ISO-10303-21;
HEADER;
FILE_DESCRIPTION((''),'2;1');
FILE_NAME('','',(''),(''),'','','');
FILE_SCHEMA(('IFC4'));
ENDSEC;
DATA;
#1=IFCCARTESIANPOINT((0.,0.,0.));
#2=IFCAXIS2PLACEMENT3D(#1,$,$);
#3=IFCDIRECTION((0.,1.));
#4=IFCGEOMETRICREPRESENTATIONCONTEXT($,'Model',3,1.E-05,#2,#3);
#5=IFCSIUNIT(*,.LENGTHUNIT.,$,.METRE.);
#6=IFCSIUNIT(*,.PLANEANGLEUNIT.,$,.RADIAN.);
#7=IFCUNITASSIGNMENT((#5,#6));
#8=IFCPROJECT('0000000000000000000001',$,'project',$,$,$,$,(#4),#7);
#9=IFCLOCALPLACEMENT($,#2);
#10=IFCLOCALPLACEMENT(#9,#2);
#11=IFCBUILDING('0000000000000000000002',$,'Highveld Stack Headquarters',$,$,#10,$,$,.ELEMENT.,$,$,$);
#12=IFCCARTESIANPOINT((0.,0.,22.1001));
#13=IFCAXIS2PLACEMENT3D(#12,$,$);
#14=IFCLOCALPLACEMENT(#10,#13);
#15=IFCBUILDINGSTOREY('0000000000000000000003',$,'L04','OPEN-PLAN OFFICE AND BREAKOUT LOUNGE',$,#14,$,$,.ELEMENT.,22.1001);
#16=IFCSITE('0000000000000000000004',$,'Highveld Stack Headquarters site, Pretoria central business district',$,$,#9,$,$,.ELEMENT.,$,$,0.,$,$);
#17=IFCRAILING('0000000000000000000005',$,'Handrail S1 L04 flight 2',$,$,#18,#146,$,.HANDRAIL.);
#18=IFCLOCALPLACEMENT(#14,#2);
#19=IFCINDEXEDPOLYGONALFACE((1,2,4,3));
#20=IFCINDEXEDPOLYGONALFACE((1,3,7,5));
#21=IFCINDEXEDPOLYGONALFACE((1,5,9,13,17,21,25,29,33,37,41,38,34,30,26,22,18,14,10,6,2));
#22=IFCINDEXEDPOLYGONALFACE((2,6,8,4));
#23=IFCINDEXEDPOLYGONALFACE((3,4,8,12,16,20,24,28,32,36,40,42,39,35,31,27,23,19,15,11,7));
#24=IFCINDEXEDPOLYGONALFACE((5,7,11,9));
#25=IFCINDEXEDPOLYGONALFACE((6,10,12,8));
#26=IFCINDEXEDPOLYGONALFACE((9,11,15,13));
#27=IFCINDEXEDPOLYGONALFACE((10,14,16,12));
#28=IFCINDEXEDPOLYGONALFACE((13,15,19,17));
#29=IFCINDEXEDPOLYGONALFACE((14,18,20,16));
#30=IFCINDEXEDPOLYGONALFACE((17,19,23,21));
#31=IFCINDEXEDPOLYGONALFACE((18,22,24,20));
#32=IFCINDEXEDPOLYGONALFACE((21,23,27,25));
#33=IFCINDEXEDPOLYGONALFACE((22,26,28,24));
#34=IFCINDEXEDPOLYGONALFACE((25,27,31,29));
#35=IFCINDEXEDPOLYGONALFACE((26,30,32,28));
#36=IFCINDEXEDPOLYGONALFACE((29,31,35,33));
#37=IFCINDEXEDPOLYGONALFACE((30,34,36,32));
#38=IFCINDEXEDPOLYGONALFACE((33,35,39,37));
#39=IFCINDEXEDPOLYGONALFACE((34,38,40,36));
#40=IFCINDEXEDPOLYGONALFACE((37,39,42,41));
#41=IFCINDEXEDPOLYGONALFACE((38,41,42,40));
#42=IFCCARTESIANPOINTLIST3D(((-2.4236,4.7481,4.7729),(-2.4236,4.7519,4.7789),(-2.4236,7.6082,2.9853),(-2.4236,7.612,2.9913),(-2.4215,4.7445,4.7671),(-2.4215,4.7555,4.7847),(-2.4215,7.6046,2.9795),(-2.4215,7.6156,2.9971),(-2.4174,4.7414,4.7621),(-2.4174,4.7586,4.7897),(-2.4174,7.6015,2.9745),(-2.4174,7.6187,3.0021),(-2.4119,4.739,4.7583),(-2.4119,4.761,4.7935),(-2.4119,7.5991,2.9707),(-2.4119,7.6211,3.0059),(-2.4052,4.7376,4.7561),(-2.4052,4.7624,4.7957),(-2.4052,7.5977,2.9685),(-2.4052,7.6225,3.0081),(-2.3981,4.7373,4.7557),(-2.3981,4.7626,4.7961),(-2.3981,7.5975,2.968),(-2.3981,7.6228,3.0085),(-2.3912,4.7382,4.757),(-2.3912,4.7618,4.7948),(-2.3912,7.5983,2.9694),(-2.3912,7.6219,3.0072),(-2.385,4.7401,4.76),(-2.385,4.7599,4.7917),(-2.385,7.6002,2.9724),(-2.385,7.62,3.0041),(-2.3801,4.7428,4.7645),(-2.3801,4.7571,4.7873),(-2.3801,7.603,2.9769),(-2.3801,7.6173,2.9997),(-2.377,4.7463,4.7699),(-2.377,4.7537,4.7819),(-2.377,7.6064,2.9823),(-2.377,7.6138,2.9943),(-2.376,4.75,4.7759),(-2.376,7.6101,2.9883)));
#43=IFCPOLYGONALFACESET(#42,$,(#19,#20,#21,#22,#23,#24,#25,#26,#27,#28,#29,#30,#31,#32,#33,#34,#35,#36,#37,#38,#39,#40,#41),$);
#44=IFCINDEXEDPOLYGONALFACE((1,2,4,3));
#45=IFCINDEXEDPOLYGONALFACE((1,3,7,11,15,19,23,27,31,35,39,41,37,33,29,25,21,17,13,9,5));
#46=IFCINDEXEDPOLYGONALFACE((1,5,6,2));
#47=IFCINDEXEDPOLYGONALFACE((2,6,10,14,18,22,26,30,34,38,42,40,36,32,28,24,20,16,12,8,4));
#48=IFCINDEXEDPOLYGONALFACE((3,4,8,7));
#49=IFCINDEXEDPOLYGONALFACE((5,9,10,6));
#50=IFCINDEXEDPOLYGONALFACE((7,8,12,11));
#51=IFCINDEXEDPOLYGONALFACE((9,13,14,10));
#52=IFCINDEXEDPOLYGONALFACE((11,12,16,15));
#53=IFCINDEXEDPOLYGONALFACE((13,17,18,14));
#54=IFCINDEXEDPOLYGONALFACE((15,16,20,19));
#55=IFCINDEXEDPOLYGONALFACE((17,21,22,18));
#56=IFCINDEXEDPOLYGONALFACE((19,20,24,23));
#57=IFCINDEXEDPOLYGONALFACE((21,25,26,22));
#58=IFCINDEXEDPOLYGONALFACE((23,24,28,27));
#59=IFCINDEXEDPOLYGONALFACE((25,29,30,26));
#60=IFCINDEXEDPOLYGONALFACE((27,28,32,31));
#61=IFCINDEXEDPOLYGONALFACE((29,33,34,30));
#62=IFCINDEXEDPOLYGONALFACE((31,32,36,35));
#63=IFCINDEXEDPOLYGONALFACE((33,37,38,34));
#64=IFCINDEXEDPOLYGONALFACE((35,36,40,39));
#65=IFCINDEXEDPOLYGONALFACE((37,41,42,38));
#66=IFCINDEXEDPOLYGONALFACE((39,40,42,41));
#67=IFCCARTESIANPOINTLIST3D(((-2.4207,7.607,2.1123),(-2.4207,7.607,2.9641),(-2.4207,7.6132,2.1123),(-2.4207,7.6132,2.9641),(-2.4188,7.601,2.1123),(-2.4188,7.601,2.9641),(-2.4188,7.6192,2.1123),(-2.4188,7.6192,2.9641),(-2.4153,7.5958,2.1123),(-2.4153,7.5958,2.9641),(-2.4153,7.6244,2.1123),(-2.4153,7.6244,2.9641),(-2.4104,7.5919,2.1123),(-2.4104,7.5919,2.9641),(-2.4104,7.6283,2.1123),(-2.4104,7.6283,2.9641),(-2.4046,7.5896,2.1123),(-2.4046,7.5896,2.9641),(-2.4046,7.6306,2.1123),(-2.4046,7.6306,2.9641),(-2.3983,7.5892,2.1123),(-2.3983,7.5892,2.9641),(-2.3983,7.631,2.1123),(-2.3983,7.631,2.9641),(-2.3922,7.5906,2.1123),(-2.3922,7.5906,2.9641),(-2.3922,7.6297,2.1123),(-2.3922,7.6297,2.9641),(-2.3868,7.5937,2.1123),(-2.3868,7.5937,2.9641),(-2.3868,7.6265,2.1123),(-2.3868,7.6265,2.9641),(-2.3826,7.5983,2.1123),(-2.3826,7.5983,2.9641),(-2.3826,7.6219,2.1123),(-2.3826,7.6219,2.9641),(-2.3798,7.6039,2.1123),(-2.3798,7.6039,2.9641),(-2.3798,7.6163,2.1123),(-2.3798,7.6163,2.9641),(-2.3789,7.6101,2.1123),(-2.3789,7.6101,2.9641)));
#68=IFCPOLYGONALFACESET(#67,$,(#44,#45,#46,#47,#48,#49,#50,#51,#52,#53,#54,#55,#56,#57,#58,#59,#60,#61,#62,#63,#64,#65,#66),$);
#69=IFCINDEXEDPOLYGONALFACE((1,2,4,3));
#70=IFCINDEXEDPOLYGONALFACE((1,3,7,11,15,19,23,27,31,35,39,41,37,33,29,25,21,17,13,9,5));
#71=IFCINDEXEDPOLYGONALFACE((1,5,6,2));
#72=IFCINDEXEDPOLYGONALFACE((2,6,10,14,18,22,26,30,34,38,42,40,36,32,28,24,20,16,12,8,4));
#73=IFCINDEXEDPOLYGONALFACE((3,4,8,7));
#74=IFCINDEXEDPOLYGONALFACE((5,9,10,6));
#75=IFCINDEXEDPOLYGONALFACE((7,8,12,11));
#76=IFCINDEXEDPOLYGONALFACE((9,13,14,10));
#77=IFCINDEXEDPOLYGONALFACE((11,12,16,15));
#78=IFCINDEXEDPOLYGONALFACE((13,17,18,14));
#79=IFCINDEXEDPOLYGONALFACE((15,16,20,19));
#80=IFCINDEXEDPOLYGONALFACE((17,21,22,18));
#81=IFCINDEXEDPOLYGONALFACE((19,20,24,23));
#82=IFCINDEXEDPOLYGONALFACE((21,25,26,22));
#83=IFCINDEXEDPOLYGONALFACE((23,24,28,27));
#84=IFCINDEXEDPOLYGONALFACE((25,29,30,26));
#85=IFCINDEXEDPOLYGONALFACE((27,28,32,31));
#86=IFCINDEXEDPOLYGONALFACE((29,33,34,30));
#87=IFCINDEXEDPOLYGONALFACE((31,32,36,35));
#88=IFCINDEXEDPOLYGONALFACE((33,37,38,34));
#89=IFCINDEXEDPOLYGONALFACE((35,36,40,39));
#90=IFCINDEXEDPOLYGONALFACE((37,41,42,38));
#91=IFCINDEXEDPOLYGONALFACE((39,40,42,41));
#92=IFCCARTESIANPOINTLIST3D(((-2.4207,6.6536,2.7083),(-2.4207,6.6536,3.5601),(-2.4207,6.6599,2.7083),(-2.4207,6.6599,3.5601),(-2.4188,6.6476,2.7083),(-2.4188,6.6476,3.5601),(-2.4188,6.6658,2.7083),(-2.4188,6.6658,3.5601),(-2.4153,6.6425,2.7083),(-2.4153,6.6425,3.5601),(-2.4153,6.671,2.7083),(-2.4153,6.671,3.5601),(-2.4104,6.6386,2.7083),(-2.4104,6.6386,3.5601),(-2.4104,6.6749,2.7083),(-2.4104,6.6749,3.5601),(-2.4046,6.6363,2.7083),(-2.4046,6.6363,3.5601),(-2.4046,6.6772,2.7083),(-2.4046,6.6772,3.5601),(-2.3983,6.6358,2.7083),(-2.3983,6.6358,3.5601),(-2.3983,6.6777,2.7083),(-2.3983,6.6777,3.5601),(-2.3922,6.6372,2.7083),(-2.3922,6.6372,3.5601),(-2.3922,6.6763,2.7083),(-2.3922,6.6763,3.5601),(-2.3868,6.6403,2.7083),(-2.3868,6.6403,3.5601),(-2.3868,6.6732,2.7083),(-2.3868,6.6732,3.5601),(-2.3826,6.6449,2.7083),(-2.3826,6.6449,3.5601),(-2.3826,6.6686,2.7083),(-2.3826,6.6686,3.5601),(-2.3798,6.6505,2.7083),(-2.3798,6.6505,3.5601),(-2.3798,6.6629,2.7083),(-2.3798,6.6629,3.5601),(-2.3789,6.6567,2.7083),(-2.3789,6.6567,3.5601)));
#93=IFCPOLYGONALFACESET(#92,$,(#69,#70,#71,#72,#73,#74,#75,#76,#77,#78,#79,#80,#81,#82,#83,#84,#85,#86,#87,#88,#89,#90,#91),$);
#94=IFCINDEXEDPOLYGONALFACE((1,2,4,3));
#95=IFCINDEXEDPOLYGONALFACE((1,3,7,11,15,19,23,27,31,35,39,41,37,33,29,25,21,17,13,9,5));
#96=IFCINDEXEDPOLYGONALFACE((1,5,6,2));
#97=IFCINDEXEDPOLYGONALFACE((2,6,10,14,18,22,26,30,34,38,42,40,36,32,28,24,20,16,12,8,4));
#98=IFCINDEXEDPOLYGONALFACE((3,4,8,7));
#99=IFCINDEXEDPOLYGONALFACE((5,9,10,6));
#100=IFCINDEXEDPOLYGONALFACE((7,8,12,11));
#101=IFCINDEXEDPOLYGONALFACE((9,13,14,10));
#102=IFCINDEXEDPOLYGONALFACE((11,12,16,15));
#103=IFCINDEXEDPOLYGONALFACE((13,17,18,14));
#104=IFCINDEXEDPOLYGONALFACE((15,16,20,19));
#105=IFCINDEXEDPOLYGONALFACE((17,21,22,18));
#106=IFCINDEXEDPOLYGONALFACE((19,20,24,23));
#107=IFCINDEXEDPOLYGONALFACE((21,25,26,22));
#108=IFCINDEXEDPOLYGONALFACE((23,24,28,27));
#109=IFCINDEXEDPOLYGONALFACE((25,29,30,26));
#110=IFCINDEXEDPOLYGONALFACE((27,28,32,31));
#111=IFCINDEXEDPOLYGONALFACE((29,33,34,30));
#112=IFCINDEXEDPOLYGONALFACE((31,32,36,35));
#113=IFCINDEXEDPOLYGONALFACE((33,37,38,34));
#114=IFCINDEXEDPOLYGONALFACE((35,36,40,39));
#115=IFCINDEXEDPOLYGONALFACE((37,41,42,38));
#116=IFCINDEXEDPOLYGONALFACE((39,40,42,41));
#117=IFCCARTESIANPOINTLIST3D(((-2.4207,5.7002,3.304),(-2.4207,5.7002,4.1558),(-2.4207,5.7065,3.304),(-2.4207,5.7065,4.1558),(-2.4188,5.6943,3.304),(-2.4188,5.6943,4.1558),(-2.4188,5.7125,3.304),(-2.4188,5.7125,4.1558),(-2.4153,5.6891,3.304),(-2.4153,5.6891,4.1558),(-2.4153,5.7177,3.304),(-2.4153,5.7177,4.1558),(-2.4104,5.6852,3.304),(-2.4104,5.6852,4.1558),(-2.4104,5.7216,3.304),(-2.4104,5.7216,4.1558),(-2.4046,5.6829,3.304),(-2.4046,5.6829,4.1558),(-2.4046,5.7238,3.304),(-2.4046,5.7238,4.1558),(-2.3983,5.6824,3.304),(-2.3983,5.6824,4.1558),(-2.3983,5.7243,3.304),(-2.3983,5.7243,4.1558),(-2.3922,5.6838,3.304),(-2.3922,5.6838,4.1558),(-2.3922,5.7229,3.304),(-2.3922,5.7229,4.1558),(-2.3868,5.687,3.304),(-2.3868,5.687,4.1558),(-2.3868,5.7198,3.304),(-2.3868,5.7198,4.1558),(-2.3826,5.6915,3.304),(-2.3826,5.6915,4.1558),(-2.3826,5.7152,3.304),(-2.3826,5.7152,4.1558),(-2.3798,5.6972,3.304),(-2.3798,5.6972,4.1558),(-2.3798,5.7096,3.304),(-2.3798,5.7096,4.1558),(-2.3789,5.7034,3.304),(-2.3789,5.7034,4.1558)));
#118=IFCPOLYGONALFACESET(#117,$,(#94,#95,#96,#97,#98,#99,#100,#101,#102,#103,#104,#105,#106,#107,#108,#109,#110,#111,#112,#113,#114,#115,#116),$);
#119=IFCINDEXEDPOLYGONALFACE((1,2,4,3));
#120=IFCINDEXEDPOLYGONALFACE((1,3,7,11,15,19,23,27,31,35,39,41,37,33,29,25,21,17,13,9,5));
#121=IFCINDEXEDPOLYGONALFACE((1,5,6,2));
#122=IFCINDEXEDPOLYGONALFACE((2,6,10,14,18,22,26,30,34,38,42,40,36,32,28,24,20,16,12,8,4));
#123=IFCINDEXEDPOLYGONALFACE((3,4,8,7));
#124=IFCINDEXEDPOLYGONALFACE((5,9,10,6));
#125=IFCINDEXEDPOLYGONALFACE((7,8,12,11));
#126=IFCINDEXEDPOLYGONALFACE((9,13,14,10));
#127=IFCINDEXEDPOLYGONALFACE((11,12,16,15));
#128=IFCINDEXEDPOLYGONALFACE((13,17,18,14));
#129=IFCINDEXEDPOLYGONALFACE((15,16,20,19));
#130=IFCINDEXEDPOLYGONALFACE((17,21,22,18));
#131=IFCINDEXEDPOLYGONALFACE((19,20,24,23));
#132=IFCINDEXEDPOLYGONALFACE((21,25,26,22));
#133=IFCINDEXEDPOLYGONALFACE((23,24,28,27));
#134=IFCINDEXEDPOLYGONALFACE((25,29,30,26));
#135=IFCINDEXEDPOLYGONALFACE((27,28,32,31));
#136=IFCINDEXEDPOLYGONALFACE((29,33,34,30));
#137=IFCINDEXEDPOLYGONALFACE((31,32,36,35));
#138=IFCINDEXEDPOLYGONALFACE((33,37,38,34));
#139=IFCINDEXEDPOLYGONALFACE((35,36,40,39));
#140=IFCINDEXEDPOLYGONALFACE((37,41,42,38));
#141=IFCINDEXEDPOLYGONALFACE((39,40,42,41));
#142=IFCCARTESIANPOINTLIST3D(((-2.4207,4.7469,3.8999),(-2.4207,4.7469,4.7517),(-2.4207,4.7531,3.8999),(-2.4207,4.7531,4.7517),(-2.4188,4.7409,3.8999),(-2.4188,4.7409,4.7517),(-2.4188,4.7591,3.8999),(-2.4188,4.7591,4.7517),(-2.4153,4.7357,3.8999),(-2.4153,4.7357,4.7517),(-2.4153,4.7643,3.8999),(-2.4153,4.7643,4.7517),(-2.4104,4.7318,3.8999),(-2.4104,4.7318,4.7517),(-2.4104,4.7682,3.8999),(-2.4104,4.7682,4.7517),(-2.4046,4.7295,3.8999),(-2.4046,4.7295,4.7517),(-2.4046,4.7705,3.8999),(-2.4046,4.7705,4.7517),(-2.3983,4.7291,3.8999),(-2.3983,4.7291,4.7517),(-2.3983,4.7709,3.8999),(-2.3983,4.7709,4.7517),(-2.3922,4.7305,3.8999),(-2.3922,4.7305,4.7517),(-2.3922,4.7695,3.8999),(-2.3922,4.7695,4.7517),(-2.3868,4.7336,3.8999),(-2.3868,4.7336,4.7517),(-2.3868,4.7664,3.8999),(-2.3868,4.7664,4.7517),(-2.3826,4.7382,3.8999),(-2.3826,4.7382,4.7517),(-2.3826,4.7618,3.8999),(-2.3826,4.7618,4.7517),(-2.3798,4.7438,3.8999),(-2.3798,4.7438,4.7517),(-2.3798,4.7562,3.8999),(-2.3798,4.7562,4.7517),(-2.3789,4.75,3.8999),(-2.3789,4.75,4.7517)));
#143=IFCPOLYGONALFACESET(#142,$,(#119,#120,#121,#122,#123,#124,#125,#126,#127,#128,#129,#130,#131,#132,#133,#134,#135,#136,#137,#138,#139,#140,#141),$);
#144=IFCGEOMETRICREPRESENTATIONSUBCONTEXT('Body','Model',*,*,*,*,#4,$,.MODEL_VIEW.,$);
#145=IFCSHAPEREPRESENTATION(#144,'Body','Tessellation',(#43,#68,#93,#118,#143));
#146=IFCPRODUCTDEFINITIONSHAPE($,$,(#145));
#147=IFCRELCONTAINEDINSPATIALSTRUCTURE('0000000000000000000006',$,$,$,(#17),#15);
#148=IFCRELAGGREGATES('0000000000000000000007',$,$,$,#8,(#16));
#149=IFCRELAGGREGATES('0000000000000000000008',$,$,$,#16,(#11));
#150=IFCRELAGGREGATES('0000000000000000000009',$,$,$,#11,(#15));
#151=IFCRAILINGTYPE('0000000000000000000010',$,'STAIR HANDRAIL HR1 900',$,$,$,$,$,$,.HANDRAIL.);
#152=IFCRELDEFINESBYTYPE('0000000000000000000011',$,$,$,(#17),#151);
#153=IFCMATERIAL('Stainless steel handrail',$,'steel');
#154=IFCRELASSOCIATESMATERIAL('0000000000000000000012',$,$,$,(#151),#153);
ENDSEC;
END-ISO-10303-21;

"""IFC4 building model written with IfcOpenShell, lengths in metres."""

from ifc_helpers import new_model, si_unit, direction, frame, origin, origin_2d, place, context, subcontext, project, spatial, circle, extrude, material, type_object, element, save


model = new_model("IFC4")

# Units and contexts
model_context = context("Model", 3, precision=1e-05, world=origin(), true_north=direction((0.0, 1.0)))
body_context = subcontext(model_context, "Body", "Model", "MODEL_VIEW")
ifc_project = project(units=[si_unit("LENGTHUNIT", "METRE"), si_unit("PLANEANGLEUNIT", "RADIAN")], contexts=[model_context])

# Site, building, storey
site_placement = place(None, origin())
site = spatial("IfcSite", under=ifc_project, at=site_placement, Name="Highveld Stack Headquarters site, Pretoria central business district", CompositionType="ELEMENT", RefElevation=0.0)
building_placement = place(site_placement, origin())
building = spatial("IfcBuilding", under=site, at=building_placement, Name="Highveld Stack Headquarters", CompositionType="ELEMENT")
storey_placement = place(building_placement, frame((0.0, 0.0, 22.1001)))
storey = spatial("IfcBuildingStorey", under=building, at=storey_placement, Name="L04", Description="OPEN-PLAN OFFICE AND BREAKOUT LOUNGE", CompositionType="ELEMENT", Elevation=22.1001)

# Railing
ifc_material_1 = material(Name="Stainless steel handrail", Category="steel")
railing_type = type_object("IfcRailingType", Name="STAIR HANDRAIL HR1 900", PredefinedType="HANDRAIL", material=ifc_material_1)
for number, where, name in (
    (1, (-2.3999, 7.6101, 2.1123), "Handrail S1 L04 flight 2"),
):
    element("IfcRailing", number, at=place(storey_placement, frame(where)), inside=storey, type_object=railing_type, Name=name, PredefinedType="HANDRAIL", context=body_context, shape_type="SweptSolid", body=[
        extrude(circle(Radius=0.0239, at=origin_2d()), frame((0.0, 0.0, 0.876), z_axis=(0.0, -0.847994, 0.530005), x_axis=(1.0, 0.0, 0.0)), (0.0, 0.0, 1.0), 3.3728),
        extrude(circle(Radius=0.021, at=origin_2d()), origin(), (0.0, 0.0, 1.0), 0.8518),
        extrude(circle(Radius=0.021, at=origin_2d()), frame((0.0, -0.9534, 0.5959)), (0.0, 0.0, 1.0), 0.8518),
        extrude(circle(Radius=0.021, at=origin_2d()), frame((0.0, -1.9067, 1.1917)), (0.0, 0.0, 1.0), 0.8518),
        extrude(circle(Radius=0.021, at=origin_2d()), frame((0.0, -2.8601, 1.7876)), (0.0, 0.0, 1.0), 0.8518),
    ])

save(model, "model.ifc")
